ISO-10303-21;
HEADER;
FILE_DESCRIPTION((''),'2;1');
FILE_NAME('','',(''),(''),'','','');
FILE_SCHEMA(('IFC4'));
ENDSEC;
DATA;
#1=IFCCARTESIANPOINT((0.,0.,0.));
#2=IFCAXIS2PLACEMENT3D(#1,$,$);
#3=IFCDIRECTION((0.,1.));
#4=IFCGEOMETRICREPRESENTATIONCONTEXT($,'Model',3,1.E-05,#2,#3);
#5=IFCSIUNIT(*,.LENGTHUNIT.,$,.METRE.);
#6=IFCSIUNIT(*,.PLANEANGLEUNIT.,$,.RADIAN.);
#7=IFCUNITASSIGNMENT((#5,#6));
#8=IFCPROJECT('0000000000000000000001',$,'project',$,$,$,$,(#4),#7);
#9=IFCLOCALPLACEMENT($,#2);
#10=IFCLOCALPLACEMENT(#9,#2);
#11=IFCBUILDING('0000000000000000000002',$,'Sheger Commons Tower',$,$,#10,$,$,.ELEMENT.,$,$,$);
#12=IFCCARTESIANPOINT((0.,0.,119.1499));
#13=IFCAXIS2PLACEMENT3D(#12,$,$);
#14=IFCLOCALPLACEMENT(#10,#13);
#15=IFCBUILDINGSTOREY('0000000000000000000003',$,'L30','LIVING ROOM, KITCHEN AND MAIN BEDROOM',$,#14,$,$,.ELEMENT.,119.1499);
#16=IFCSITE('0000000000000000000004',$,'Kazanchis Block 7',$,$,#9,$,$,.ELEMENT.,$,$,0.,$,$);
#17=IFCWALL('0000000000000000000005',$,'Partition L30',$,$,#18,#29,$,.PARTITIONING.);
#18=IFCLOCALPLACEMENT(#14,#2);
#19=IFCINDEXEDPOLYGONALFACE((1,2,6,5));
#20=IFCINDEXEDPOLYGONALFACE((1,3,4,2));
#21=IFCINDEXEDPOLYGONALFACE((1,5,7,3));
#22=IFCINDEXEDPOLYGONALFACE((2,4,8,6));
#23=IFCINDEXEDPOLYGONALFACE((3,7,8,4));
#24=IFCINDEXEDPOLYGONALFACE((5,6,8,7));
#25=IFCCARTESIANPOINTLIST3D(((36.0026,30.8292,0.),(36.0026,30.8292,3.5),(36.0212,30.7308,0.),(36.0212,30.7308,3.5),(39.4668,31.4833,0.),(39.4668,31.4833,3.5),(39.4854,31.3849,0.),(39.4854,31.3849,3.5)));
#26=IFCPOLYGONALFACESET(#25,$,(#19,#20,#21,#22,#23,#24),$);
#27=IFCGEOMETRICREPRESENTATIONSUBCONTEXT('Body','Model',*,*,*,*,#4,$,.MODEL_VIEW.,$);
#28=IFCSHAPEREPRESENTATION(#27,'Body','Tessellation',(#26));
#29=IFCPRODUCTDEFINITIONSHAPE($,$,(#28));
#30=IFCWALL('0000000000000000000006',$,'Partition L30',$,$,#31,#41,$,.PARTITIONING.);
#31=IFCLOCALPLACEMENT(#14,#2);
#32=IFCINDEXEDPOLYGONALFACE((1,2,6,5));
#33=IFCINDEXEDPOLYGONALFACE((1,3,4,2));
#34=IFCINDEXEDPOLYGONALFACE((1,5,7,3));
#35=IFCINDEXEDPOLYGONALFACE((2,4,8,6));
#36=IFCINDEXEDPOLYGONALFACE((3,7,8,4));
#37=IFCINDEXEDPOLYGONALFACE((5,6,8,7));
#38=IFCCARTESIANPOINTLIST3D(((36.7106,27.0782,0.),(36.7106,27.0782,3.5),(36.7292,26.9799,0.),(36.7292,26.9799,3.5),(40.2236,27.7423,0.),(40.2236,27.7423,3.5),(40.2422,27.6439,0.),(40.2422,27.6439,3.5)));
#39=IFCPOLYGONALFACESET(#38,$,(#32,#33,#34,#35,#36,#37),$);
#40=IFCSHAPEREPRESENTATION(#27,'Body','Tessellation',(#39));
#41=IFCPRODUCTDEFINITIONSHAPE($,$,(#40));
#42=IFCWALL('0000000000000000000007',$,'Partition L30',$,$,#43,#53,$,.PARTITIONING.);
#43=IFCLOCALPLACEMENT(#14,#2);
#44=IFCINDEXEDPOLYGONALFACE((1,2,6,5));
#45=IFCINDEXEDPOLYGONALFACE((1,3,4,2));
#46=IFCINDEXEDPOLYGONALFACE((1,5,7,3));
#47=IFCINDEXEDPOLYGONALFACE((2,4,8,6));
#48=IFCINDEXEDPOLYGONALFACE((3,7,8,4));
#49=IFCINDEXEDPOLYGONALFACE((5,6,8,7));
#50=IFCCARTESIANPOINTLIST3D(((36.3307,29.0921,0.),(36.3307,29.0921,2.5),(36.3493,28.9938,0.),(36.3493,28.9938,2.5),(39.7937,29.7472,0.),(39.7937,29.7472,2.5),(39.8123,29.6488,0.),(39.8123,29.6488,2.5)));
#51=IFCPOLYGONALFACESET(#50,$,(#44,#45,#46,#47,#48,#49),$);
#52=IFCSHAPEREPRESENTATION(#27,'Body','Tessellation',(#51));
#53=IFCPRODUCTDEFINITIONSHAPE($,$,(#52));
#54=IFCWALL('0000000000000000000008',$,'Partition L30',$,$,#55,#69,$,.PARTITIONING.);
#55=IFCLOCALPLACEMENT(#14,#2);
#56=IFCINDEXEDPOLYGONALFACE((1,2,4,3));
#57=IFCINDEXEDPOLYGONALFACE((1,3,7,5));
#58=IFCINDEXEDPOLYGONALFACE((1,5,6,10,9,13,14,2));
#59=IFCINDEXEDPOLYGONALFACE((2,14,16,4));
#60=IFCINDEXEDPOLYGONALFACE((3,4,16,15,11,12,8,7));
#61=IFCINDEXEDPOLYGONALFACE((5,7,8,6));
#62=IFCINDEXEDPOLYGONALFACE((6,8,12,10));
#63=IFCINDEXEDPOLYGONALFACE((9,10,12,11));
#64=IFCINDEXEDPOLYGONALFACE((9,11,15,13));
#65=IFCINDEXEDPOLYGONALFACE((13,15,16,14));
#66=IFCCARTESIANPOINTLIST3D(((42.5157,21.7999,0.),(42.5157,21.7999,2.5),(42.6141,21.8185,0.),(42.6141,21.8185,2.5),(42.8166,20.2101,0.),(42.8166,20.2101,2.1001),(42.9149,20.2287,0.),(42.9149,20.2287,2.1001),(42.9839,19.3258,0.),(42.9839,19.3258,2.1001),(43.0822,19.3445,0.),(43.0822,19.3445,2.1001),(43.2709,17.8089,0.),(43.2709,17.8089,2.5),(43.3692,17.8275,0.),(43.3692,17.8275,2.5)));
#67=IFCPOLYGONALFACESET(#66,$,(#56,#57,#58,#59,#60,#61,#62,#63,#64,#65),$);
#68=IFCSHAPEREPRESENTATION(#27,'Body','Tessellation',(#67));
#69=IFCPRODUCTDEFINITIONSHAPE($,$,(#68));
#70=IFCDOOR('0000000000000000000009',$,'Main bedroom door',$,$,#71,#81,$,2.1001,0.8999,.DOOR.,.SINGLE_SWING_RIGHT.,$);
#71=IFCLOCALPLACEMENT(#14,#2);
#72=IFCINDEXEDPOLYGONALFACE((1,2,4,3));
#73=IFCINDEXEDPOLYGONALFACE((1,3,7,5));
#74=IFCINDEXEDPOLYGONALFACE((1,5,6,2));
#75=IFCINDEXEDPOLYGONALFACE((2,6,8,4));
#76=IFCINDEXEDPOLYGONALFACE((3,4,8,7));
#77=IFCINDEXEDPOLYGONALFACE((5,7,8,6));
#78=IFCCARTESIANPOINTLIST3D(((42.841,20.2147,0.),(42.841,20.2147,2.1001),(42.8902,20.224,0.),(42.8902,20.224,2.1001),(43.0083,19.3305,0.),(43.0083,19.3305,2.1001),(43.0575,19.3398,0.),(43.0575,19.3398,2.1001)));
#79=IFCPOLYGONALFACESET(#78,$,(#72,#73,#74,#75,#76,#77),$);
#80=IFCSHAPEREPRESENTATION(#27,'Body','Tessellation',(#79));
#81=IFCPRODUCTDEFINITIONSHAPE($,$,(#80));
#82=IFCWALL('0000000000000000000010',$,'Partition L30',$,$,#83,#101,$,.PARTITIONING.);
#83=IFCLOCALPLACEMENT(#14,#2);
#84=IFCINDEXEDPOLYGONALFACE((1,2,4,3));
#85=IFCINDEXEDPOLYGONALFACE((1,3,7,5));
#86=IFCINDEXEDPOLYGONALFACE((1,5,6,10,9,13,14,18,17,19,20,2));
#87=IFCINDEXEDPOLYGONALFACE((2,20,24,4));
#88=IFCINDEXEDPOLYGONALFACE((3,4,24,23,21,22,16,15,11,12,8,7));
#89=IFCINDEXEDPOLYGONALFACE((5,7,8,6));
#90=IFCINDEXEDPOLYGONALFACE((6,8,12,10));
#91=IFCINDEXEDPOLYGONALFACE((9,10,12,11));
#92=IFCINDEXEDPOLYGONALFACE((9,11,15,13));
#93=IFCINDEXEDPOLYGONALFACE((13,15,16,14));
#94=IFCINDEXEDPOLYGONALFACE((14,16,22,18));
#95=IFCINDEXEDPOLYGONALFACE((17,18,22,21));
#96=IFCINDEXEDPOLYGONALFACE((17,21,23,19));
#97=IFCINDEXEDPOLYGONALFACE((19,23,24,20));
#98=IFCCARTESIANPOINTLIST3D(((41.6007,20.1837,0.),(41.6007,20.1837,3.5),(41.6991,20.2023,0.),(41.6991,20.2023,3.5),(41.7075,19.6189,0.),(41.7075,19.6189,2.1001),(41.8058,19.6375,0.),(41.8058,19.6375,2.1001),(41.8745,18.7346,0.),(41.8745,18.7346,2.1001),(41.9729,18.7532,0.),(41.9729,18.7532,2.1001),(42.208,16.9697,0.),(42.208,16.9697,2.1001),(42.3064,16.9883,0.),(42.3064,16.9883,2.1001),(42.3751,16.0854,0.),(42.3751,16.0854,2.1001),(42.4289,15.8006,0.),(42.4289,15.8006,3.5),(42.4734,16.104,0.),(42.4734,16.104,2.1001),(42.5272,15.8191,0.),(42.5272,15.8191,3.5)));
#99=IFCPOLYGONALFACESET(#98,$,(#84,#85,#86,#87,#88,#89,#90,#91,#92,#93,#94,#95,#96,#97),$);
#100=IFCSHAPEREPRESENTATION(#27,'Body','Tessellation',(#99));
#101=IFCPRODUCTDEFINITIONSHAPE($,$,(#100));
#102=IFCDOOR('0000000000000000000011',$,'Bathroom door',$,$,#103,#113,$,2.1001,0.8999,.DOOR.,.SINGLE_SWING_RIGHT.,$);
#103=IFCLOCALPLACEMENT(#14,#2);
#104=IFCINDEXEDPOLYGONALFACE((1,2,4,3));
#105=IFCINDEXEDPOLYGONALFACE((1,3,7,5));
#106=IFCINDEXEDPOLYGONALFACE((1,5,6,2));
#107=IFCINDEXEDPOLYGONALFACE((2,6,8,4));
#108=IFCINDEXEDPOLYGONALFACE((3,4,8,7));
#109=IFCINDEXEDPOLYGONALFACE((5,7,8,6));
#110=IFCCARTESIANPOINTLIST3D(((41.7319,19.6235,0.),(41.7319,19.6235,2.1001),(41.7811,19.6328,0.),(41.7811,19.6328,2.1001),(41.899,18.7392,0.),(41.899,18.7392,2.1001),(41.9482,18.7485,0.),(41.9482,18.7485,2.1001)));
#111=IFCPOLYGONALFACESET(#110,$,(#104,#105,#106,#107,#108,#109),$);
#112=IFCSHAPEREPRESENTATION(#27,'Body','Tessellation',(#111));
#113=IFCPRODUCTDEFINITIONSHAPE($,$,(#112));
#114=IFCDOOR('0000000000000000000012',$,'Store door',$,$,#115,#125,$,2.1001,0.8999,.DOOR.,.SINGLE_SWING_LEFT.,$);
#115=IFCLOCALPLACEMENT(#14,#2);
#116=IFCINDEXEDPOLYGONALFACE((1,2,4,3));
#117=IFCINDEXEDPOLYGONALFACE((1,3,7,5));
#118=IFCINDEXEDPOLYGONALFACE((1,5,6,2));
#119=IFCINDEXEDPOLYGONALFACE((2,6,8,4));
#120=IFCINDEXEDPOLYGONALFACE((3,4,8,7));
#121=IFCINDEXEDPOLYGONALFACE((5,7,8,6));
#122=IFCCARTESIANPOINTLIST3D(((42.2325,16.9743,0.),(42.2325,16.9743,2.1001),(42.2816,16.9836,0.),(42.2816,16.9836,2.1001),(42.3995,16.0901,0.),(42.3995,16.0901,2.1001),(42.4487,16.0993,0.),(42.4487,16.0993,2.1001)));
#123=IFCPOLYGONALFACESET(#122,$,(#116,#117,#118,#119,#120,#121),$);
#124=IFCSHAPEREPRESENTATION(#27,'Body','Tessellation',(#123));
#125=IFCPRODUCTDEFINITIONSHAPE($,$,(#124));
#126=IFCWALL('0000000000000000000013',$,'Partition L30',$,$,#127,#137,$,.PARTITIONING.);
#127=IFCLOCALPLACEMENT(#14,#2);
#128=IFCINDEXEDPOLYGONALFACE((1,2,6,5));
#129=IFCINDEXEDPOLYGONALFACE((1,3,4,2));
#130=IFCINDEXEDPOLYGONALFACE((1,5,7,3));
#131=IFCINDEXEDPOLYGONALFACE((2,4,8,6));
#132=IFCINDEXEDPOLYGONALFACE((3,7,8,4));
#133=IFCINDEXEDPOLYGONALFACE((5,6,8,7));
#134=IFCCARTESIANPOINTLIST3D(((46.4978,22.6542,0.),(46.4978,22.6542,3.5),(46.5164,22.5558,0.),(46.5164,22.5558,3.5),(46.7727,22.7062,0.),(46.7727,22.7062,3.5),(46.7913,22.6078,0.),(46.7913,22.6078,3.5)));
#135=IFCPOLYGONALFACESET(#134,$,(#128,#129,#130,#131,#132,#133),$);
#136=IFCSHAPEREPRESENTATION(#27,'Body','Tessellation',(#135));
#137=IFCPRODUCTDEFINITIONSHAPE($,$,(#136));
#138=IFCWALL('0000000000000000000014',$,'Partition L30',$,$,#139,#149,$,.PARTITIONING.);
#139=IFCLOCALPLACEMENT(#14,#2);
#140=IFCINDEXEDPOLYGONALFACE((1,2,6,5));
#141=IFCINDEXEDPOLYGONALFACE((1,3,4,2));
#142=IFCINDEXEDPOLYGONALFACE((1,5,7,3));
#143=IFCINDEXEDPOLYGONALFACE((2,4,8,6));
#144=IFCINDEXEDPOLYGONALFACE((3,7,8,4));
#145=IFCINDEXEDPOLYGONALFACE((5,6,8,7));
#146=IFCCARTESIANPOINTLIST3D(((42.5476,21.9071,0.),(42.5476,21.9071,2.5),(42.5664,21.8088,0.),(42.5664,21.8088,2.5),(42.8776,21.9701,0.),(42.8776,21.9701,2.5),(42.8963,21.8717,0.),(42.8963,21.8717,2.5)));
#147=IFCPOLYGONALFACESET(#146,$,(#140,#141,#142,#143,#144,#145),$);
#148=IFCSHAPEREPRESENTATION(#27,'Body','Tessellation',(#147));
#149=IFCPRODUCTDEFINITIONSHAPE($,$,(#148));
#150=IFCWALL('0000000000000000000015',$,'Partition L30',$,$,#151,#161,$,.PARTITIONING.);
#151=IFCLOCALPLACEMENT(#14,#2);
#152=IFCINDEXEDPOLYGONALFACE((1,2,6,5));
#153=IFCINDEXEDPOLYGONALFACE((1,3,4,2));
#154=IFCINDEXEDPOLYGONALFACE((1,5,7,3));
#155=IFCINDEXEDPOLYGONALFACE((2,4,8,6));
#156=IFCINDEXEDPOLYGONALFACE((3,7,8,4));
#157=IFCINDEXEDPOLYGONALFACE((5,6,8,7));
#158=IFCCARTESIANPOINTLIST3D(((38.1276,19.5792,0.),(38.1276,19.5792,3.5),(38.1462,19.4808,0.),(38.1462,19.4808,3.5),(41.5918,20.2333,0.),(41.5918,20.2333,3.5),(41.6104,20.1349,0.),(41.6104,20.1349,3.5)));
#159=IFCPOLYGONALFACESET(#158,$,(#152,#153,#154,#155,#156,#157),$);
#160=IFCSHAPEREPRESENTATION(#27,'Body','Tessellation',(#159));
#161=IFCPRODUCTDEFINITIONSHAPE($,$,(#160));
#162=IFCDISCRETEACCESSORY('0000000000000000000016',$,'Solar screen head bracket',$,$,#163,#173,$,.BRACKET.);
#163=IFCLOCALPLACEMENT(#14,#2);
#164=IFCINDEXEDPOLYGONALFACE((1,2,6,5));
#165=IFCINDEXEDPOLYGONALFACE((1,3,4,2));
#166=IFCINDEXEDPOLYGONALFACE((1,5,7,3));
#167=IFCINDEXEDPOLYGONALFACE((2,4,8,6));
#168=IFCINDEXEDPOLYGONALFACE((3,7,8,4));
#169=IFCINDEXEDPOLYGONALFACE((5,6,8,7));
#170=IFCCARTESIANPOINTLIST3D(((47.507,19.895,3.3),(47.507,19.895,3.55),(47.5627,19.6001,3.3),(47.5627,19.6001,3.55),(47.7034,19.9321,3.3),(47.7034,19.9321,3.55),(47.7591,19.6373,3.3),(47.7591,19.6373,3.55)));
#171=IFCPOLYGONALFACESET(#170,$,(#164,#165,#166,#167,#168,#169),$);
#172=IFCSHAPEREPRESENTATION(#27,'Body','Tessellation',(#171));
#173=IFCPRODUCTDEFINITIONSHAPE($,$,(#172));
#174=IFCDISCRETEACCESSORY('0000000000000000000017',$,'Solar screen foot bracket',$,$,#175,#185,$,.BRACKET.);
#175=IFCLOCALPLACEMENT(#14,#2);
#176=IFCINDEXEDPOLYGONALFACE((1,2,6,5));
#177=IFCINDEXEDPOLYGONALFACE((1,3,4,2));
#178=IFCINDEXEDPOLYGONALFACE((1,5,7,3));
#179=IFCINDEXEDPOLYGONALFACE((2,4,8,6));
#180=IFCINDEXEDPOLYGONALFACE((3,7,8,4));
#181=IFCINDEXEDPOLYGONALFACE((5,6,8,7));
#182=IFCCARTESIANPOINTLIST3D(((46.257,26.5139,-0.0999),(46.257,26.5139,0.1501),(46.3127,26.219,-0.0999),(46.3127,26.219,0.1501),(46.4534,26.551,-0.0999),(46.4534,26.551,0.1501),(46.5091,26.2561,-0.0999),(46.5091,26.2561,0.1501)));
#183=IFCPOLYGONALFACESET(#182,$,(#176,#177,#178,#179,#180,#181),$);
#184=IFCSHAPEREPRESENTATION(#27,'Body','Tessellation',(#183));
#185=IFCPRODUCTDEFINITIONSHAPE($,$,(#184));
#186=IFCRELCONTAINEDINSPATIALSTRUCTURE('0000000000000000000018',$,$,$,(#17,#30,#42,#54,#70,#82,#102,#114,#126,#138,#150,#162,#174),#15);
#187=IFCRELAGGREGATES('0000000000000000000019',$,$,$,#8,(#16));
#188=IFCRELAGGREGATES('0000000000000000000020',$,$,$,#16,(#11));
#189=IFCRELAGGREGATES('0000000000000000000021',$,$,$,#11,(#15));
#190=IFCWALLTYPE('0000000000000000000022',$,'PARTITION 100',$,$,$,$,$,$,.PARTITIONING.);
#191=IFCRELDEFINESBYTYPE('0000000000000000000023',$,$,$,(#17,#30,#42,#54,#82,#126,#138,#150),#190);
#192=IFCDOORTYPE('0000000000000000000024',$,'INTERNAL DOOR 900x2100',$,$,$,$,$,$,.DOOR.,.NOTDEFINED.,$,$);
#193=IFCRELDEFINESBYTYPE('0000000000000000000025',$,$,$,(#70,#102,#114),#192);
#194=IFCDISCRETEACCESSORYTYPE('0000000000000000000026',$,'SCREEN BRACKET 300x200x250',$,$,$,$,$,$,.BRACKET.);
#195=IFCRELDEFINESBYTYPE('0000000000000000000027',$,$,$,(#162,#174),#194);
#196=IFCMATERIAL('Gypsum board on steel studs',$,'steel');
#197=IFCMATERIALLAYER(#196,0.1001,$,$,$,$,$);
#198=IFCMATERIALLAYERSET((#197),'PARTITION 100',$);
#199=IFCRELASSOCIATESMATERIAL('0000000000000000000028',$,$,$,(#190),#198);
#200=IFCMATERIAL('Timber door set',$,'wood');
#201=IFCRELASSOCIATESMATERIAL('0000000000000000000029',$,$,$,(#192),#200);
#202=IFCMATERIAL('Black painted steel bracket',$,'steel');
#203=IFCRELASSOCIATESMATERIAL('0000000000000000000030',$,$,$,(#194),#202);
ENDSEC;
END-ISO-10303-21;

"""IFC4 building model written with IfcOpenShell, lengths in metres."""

from ifc_helpers import new_model, si_unit, direction, frame, frame_2d, origin, origin_2d, place, context, subcontext, project, spatial, rectangle, extrude, material, layer, layer_set, type_object, element, fill, save


model = new_model("IFC4")

# Units and contexts
model_context = context("Model", 3, precision=1e-05, world=origin(), true_north=direction((0.0, 1.0)))
body_context = subcontext(model_context, "Body", "Model", "MODEL_VIEW")
ifc_project = project(units=[si_unit("LENGTHUNIT", "METRE"), si_unit("PLANEANGLEUNIT", "RADIAN")], contexts=[model_context])

# Site, building, storey
site_placement = place(None, origin())
site = spatial("IfcSite", under=ifc_project, at=site_placement, Name="Kazanchis Block 7", CompositionType="ELEMENT", RefElevation=0.0)
building_placement = place(site_placement, origin())
building = spatial("IfcBuilding", under=site, at=building_placement, Name="Sheger Commons Tower", CompositionType="ELEMENT")
storey_placement = place(building_placement, frame((0.0, 0.0, 119.1499)))
storey = spatial("IfcBuildingStorey", under=building, at=storey_placement, Name="L30", Description="LIVING ROOM, KITCHEN AND MAIN BEDROOM", CompositionType="ELEMENT", Elevation=119.1499)

# Walls
ifc_material_1 = material(Name="Gypsum board on steel studs", Category="steel")
ifc_layer_1 = layer(ifc_material_1, 0.1001)
ifc_layer_set_1 = layer_set([ifc_layer_1], Name="PARTITION 100")
wall_type_1 = type_object("IfcWallType", Name="PARTITION 100", PredefinedType="PARTITIONING", material=ifc_layer_set_1)
wall_1_placement = place(storey_placement, frame((39.4761, 31.4341, 0.0), z_axis=(0.0, 0.0, 1.0), x_axis=(-0.982639, -0.18553, 0.0)))
element("IfcWall", 1, at=wall_1_placement, inside=storey, type_object=wall_type_1, Name="Partition L30", PredefinedType="PARTITIONING", context=body_context, shape_type="SweptSolid", body=[
    extrude(rectangle(XDim=3.5254, YDim=0.1001, at=frame_2d((1.7627, 0.0))), origin(), (0.0, 0.0, 1.0), 3.5),
])
wall_2_placement = place(storey_placement, frame((40.2329, 27.6931, 0.0), z_axis=(0.0, 0.0, 1.0), x_axis=(-0.982598, -0.185744, 0.0)))
element("IfcWall", 2, at=wall_2_placement, inside=storey, type_object=wall_type_1, Name="Partition L30", PredefinedType="PARTITIONING", context=body_context, shape_type="SweptSolid", body=[
    extrude(rectangle(XDim=3.5752, YDim=0.1001, at=frame_2d((1.7876, 0.0))), origin(), (0.0, 0.0, 1.0), 3.5),
])
wall_3_placement = place(storey_placement, frame((39.803, 29.698, 0.0), z_axis=(0.0, 0.0, 1.0), x_axis=(-0.982576, -0.185861, 0.0)))
element("IfcWall", 3, at=wall_3_placement, inside=storey, type_object=wall_type_1, Name="Partition L30", PredefinedType="PARTITIONING", context=body_context, shape_type="SweptSolid", body=[
    extrude(rectangle(XDim=3.5244, YDim=0.1001, at=frame_2d((1.7622, 0.0))), origin(), (0.0, 0.0, 1.0), 2.5),
])

# Wall, opening, door
wall_4_placement = place(storey_placement, frame((42.5649, 21.8091, 0.0), z_axis=(0.0, 0.0, 1.0), x_axis=(0.18591, -0.982567, 0.0)))
wall_4 = element("IfcWall", 4, at=wall_4_placement, inside=storey, type_object=wall_type_1, Name="Partition L30", PredefinedType="PARTITIONING", context=body_context, shape_type="SweptSolid", body=[
    extrude(rectangle(XDim=4.0618, YDim=0.1001, at=frame_2d((2.0308, 0.0))), origin(), (0.0, 0.0, 1.0), 2.5),
])
opening_1_placement = place(wall_4_placement, frame((1.6179, 0.0, 0.0)))
opening_1 = element("IfcOpeningElement", 5, at=opening_1_placement, cuts=wall_4, PredefinedType="OPENING", context=body_context, shape_type="SweptSolid", body=[
    extrude(rectangle(XDim=0.8999, YDim=2.1001, at=frame_2d((0.45, 1.05))), frame((0.0, 0.0601, 0.0), z_axis=(0.0, -1.0, 0.0), x_axis=(1.0, 0.0, 0.0)), (0.0, 0.0, 1.0), 0.1201),
])
ifc_material_2 = material(Name="Timber door set", Category="wood")
door_type = type_object("IfcDoorType", Name="INTERNAL DOOR 900x2100", OperationType="NOTDEFINED", PredefinedType="DOOR", material=ifc_material_2)
door_1_placement = place(opening_1_placement, origin())
door_1 = element("IfcDoor", 6, at=door_1_placement, inside=storey, type_object=door_type, Name="Main bedroom door", OperationType="SINGLE_SWING_RIGHT", OverallHeight=2.1001, OverallWidth=0.8999, PredefinedType="DOOR", context=body_context, shape_type="SweptSolid", body=[
    extrude(rectangle(XDim=0.8999, YDim=2.1001, at=frame_2d((0.45, 1.05))), frame((0.0, 0.0249, 0.0), z_axis=(0.0, -1.0, 0.0), x_axis=(1.0, 0.0, 0.0)), (0.0, 0.0, 1.0), 0.05),
])
fill(opening_1, door_1)

# Wall, openings, doors
wall_5_placement = place(storey_placement, frame((41.6499, 20.1931, 0.0), z_axis=(0.0, 0.0, 1.0), x_axis=(0.185653, -0.982615, 0.0)))
wall_5 = element("IfcWall", 7, at=wall_5_placement, inside=storey, type_object=wall_type_1, Name="Partition L30", PredefinedType="PARTITIONING", context=body_context, shape_type="SweptSolid", body=[
    extrude(rectangle(XDim=4.4607, YDim=0.1001, at=frame_2d((2.2305, 0.0))), origin(), (0.0, 0.0, 1.0), 3.5),
])
opening_2_placement = place(wall_5_placement, frame((0.575, 0.0, 0.0)))
opening_2 = element("IfcOpeningElement", 8, at=opening_2_placement, cuts=wall_5, PredefinedType="OPENING", context=body_context, shape_type="SweptSolid", body=[
    extrude(rectangle(XDim=0.8999, YDim=2.1001, at=frame_2d((0.45, 1.05))), frame((0.0, 0.0601, 0.0), z_axis=(0.0, -1.0, 0.0), x_axis=(1.0, 0.0, 0.0)), (0.0, 0.0, 1.0), 0.1201),
])
opening_3_placement = place(wall_5_placement, frame((3.271, 0.0, 0.0)))
opening_3 = element("IfcOpeningElement", 9, at=opening_3_placement, cuts=wall_5, PredefinedType="OPENING", context=body_context, shape_type="SweptSolid", body=[
    extrude(rectangle(XDim=0.8999, YDim=2.1001, at=frame_2d((0.45, 1.05))), frame((0.0, 0.0601, 0.0), z_axis=(0.0, -1.0, 0.0), x_axis=(1.0, 0.0, 0.0)), (0.0, 0.0, 1.0), 0.1201),
])
door_2_placement = place(opening_2_placement, origin())
door_2 = element("IfcDoor", 10, at=door_2_placement, inside=storey, type_object=door_type, Name="Bathroom door", OperationType="SINGLE_SWING_RIGHT", OverallHeight=2.1001, OverallWidth=0.8999, PredefinedType="DOOR", context=body_context, shape_type="SweptSolid", body=[
    extrude(rectangle(XDim=0.8999, YDim=2.1001, at=frame_2d((0.45, 1.05))), frame((0.0, 0.0249, 0.0), z_axis=(0.0, -1.0, 0.0), x_axis=(1.0, 0.0, 0.0)), (0.0, 0.0, 1.0), 0.05),
])
fill(opening_2, door_2)
door_3_placement = place(opening_3_placement, origin())
door_3 = element("IfcDoor", 11, at=door_3_placement, inside=storey, type_object=door_type, Name="Store door", OperationType="SINGLE_SWING_LEFT", OverallHeight=2.1001, OverallWidth=0.8999, PredefinedType="DOOR", context=body_context, shape_type="SweptSolid", body=[
    extrude(rectangle(XDim=0.8999, YDim=2.1001, at=frame_2d((0.45, 1.05))), frame((0.0, 0.0249, 0.0), z_axis=(0.0, -1.0, 0.0), x_axis=(1.0, 0.0, 0.0)), (0.0, 0.0, 1.0), 0.05),
])
fill(opening_3, door_3)

# Walls
wall_6_placement = place(storey_placement, frame((46.782, 22.657, 0.0), z_axis=(0.0, 0.0, 1.0), x_axis=(-0.982575, -0.185869, 0.0)))
element("IfcWall", 12, at=wall_6_placement, inside=storey, type_object=wall_type_1, Name="Partition L30", PredefinedType="PARTITIONING", context=body_context, shape_type="SweptSolid", body=[
    extrude(rectangle(XDim=0.2798, YDim=0.1001, at=frame_2d((0.1399, 0.0))), origin(), (0.0, 0.0, 1.0), 3.5),
])
wall_7_placement = place(storey_placement, frame((42.887, 21.9209, 0.0), z_axis=(0.0, 0.0, 1.0), x_axis=(-0.982275, -0.187446, 0.0)))
element("IfcWall", 13, at=wall_7_placement, inside=storey, type_object=wall_type_1, Name="Partition L30", PredefinedType="PARTITIONING", context=body_context, shape_type="SweptSolid", body=[
    extrude(rectangle(XDim=0.3359, YDim=0.1001, at=frame_2d((0.168, 0.0))), origin(), (0.0, 0.0, 1.0), 2.5),
])
wall_8_placement = place(storey_placement, frame((41.6011, 20.1841, 0.0), z_axis=(0.0, 0.0, 1.0), x_axis=(-0.982639, -0.18553, 0.0)))
element("IfcWall", 14, at=wall_8_placement, inside=storey, type_object=wall_type_1, Name="Partition L30", PredefinedType="PARTITIONING", context=body_context, shape_type="SweptSolid", body=[
    extrude(rectangle(XDim=3.5254, YDim=0.1001, at=frame_2d((1.7627, 0.0))), origin(), (0.0, 0.0, 1.0), 3.5),
])

# Discrete accessories
ifc_material_3 = material(Name="Black painted steel bracket", Category="steel")
discrete_accessory_type = type_object("IfcDiscreteAccessoryType", Name="SCREEN BRACKET 300x200x250", PredefinedType="BRACKET", material=ifc_material_3)
for number, where, z_axis, x_axis, name in (
    (15, (47.6331, 19.7661, 3.3), (0.0, 0.0, 1.0), (-0.185615, 0.982623, 0.0), "Solar screen head bracket"),
    (16, (46.3831, 26.385, -0.0999), (0.0, 0.0, 1.0), (-0.185615, 0.982623, 0.0), "Solar screen foot bracket"),
):
    element("IfcDiscreteAccessory", number, at=place(storey_placement, frame(where, z_axis=z_axis, x_axis=x_axis)), inside=storey, type_object=discrete_accessory_type, Name=name, PredefinedType="BRACKET", context=body_context, shape_type="SweptSolid", body=[
        extrude(rectangle(XDim=0.3, YDim=0.2, at=origin_2d()), origin(), (0.0, 0.0, 1.0), 0.25),
    ])

save(model, "model.ifc")
